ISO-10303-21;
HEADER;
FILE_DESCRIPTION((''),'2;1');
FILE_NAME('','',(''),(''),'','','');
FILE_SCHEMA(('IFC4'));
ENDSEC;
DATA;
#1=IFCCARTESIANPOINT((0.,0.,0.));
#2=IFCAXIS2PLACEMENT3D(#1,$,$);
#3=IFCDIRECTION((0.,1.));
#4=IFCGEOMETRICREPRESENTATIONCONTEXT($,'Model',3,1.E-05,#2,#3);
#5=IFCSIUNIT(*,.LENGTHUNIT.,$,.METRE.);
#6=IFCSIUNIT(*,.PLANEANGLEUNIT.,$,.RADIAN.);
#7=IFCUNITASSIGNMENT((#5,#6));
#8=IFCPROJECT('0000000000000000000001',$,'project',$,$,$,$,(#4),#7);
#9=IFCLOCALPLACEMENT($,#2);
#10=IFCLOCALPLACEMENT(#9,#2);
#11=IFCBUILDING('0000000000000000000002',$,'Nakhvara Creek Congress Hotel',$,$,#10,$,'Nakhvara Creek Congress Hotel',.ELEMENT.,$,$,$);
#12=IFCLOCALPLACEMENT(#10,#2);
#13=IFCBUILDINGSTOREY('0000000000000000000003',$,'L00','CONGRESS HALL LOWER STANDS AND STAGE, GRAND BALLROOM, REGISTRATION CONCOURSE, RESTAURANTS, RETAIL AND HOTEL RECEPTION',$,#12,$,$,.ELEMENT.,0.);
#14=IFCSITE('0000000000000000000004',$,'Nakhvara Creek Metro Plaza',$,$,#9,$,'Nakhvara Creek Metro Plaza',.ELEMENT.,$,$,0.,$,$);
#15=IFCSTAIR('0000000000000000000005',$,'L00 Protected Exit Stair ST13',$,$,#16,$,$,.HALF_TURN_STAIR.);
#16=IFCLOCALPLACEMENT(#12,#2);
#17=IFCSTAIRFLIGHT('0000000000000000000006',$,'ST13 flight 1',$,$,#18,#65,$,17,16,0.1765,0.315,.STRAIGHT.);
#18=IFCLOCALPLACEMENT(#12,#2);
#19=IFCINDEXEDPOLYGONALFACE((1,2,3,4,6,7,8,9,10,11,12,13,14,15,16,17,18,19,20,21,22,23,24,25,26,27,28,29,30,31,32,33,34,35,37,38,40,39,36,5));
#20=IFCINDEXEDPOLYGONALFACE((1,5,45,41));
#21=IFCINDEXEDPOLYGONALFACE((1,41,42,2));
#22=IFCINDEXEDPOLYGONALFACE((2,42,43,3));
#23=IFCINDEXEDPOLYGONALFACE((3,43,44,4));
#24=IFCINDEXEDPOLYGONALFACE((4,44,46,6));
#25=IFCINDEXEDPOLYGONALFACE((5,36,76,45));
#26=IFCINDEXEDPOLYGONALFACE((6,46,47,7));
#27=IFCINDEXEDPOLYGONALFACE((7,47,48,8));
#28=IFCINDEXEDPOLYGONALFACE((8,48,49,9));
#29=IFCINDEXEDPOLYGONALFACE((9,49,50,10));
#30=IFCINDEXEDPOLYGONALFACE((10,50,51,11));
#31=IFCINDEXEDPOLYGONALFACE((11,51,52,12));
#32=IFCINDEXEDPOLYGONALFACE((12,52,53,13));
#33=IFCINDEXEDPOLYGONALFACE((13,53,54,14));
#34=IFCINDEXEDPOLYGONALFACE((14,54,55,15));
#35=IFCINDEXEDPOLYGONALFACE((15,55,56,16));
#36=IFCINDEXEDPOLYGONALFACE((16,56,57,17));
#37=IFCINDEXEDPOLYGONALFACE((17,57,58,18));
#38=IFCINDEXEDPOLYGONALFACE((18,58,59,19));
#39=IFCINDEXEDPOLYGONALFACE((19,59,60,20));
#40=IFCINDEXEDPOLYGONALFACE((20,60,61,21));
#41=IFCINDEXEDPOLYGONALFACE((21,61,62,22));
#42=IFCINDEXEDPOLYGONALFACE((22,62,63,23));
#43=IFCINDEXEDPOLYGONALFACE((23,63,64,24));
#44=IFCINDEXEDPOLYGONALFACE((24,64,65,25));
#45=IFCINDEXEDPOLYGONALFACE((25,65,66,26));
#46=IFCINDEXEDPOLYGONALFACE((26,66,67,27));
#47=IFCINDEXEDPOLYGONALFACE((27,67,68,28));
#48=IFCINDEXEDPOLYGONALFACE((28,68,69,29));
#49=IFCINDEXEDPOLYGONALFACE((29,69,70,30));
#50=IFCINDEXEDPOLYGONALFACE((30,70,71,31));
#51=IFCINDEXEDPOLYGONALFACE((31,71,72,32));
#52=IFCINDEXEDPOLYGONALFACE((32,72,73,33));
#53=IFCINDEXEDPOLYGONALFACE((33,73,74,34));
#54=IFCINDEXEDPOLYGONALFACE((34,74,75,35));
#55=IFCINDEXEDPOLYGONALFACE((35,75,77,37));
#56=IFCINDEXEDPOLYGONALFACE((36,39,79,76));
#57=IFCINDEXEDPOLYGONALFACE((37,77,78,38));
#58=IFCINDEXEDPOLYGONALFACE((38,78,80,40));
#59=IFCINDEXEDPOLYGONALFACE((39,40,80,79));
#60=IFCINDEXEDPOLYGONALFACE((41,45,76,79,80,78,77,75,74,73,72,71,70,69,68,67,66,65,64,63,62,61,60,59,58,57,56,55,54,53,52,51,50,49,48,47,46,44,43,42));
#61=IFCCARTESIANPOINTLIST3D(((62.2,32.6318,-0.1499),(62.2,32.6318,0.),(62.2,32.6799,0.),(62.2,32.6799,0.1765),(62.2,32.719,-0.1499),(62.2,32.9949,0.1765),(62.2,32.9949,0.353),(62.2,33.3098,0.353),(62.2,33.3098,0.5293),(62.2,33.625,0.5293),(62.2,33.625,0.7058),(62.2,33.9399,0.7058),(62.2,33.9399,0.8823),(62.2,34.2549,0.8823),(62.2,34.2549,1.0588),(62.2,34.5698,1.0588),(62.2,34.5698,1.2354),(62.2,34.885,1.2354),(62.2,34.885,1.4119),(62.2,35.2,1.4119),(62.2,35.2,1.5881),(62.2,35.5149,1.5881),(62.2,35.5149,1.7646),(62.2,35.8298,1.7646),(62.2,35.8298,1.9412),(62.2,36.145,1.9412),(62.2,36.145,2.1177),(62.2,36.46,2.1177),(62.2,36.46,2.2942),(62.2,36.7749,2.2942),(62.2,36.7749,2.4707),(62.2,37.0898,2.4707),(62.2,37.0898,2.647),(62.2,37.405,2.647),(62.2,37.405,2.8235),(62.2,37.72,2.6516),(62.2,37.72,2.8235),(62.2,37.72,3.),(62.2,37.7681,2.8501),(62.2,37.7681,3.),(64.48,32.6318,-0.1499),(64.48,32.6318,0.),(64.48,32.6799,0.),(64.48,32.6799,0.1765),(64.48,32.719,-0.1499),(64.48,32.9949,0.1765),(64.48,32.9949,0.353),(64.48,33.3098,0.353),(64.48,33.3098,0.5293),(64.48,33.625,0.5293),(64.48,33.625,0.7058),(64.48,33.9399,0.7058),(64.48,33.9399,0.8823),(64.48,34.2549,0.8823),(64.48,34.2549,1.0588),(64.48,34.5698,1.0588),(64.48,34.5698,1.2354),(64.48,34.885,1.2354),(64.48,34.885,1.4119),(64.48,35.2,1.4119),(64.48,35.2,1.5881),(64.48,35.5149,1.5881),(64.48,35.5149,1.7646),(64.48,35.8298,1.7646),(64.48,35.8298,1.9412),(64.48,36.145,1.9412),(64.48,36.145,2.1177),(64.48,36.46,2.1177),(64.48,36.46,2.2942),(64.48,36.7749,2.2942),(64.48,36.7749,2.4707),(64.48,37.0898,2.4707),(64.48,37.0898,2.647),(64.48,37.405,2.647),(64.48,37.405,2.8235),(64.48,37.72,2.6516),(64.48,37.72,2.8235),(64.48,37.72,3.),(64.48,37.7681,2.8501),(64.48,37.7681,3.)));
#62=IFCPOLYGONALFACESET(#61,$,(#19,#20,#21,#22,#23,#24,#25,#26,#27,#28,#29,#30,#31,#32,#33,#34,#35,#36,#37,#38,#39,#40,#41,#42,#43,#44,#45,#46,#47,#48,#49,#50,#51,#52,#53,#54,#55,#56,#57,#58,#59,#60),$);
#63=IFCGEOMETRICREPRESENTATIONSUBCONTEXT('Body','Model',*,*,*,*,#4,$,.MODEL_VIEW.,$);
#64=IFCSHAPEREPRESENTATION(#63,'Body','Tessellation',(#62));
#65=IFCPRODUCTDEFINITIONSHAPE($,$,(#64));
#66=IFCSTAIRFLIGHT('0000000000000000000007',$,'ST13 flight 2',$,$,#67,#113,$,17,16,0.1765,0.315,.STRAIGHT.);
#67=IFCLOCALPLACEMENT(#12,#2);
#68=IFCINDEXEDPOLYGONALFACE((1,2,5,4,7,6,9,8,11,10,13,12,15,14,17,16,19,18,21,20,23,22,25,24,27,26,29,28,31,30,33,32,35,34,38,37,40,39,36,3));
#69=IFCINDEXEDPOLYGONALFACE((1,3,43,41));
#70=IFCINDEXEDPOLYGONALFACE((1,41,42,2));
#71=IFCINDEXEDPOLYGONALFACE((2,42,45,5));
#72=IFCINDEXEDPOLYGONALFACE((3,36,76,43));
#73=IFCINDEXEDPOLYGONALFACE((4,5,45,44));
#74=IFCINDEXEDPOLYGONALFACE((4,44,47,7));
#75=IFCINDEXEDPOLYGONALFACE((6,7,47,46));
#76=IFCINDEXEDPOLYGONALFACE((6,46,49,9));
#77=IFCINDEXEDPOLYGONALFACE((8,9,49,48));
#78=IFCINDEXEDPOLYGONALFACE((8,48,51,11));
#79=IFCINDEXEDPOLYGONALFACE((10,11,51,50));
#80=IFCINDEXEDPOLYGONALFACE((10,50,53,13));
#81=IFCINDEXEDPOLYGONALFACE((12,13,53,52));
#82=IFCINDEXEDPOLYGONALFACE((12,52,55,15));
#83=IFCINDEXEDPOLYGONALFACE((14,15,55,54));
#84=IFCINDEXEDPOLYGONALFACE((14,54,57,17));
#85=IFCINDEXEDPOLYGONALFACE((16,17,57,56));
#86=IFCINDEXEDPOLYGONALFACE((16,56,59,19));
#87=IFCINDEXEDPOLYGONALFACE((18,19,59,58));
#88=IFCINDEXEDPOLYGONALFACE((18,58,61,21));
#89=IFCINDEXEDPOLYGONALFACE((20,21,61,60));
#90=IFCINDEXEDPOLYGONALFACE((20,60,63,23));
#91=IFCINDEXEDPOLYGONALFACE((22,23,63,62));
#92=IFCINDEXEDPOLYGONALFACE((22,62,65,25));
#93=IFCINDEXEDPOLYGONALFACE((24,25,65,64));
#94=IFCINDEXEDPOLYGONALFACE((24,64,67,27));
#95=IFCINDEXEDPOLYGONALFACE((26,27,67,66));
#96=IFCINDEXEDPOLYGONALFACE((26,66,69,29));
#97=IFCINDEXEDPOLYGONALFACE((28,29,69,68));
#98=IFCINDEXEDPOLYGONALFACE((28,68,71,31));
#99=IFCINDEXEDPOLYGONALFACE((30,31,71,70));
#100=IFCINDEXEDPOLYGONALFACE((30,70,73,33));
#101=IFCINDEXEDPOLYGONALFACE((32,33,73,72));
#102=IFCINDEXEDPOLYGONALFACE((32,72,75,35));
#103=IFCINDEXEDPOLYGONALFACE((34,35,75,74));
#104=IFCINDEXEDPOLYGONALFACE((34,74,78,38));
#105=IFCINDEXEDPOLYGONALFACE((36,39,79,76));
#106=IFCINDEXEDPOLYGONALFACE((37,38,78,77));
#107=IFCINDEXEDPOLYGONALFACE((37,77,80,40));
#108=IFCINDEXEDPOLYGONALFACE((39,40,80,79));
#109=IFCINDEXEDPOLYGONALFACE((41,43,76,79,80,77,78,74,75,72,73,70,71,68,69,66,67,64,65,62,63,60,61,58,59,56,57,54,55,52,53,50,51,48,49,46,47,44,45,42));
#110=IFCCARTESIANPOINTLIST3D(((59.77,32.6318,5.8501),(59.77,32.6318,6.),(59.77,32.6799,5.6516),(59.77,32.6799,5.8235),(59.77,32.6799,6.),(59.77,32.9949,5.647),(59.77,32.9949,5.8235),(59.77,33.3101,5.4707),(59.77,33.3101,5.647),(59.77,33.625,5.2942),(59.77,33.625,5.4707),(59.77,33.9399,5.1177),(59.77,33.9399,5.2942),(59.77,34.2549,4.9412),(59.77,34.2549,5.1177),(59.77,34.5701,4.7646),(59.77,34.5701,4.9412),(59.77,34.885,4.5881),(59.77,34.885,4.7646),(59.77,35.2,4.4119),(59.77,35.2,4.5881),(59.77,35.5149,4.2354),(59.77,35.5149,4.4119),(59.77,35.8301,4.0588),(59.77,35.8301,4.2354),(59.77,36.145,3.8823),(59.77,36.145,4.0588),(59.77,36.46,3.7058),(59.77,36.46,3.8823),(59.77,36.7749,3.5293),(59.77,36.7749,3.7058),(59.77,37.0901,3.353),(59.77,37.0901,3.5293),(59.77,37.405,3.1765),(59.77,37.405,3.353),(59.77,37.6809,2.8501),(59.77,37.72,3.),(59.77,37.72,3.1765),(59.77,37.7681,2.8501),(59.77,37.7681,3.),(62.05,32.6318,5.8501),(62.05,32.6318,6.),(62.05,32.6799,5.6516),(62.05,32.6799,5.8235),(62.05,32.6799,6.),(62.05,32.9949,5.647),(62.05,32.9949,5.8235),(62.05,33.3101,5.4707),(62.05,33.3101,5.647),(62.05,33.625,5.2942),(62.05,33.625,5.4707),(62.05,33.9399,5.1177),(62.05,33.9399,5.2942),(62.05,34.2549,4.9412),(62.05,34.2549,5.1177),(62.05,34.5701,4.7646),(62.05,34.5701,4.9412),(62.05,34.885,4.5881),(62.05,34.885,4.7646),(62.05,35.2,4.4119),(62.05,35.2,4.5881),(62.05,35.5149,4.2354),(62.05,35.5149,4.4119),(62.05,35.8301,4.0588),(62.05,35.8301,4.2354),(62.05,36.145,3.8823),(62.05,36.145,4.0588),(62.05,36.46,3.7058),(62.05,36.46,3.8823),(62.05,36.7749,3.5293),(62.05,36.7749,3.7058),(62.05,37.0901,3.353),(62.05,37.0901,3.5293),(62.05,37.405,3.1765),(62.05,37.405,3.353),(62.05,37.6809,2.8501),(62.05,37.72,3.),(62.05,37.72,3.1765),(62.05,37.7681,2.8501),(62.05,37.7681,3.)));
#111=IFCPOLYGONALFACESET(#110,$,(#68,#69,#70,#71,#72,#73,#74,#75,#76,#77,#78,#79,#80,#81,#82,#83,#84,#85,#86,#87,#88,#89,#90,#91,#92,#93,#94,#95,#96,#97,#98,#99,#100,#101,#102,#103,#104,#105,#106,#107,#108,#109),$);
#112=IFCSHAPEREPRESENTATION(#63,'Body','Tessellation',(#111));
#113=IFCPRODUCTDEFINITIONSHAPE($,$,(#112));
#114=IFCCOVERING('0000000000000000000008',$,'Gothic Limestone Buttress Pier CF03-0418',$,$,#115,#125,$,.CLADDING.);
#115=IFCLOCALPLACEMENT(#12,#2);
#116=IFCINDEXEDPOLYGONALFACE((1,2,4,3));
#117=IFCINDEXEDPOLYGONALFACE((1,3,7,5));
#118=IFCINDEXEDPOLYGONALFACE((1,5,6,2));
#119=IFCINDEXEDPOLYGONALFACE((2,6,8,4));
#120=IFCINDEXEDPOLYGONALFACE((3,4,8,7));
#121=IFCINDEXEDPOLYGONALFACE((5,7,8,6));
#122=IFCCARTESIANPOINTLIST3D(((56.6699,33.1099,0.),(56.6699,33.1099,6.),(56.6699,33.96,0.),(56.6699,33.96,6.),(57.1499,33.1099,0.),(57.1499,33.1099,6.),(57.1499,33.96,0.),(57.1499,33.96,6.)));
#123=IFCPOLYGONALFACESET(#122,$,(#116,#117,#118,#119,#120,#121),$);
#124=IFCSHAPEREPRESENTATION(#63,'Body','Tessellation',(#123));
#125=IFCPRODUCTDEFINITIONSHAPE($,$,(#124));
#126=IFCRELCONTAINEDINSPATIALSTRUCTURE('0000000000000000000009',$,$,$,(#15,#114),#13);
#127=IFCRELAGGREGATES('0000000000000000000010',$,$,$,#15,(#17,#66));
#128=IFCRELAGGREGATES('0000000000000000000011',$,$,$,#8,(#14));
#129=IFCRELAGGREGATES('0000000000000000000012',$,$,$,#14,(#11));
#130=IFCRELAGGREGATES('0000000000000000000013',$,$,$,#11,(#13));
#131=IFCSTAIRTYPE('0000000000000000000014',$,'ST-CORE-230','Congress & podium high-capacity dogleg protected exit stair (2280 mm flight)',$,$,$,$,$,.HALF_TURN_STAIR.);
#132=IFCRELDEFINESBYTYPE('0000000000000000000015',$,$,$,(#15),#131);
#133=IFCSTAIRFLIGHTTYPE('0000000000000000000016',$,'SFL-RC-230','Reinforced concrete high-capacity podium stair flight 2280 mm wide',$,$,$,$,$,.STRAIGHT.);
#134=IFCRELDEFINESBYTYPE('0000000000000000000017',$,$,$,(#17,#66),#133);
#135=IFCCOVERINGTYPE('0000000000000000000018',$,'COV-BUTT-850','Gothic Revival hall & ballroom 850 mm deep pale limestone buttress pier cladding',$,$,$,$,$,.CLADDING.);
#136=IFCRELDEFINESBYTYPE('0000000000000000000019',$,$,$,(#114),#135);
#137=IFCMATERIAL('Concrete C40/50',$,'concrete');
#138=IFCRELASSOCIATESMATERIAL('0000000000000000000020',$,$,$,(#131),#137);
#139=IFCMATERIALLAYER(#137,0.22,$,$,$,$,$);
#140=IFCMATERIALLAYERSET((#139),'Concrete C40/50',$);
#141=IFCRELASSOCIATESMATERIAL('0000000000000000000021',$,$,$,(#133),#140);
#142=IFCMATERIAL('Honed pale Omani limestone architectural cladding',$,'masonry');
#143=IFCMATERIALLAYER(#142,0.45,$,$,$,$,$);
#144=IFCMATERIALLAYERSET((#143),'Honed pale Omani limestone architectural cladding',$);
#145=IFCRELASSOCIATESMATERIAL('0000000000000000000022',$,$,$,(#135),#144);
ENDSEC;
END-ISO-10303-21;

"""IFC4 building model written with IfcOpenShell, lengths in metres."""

from ifc_helpers import new_model, si_unit, direction, frame, origin, origin_2d, place, context, subcontext, project, spatial, polyline, rectangle, outline, extrude, material, layer, layer_set, type_object, element, aggregate, save


model = new_model("IFC4")

# Units and contexts
model_context = context("Model", 3, precision=1e-05, world=origin(), true_north=direction((0.0, 1.0)))
body_context = subcontext(model_context, "Body", "Model", "MODEL_VIEW")
ifc_project = project(units=[si_unit("LENGTHUNIT", "METRE"), si_unit("PLANEANGLEUNIT", "RADIAN")], contexts=[model_context])

# Site, building, storey
site_placement = place(None, origin())
site = spatial("IfcSite", under=ifc_project, at=site_placement, Name="Nakhvara Creek Metro Plaza", LongName="Nakhvara Creek Metro Plaza", CompositionType="ELEMENT", RefElevation=0.0)
building_placement = place(site_placement, origin())
building = spatial("IfcBuilding", under=site, at=building_placement, Name="Nakhvara Creek Congress Hotel", LongName="Nakhvara Creek Congress Hotel", CompositionType="ELEMENT")
storey_placement = place(building_placement, origin())
storey = spatial("IfcBuildingStorey", under=building, at=storey_placement, Name="L00", Description="CONGRESS HALL LOWER STANDS AND STAGE, GRAND BALLROOM, REGISTRATION CONCOURSE, RESTAURANTS, RETAIL AND HOTEL RECEPTION", CompositionType="ELEMENT", Elevation=0.0)

# Stair, stair flights
ifc_material_1 = material(Name="Concrete C40/50", Category="concrete")
stair_type = type_object("IfcStairType", Name="ST-CORE-230", Description="Congress & podium high-capacity dogleg protected exit stair (2280 mm flight)", PredefinedType="HALF_TURN_STAIR", material=ifc_material_1)
stair_placement = place(storey_placement, origin())
stair = element("IfcStair", 1, at=stair_placement, inside=storey, type_object=stair_type, Name="L00 Protected Exit Stair ST13", PredefinedType="HALF_TURN_STAIR")
ifc_layer_1 = layer(ifc_material_1, 0.22)
ifc_layer_set_1 = layer_set([ifc_layer_1], Name="Concrete C40/50")
stair_flight_type = type_object("IfcStairFlightType", Name="SFL-RC-230", Description="Reinforced concrete high-capacity podium stair flight 2280 mm wide", PredefinedType="STRAIGHT", material=ifc_layer_set_1)
stair_flight_1_placement = place(storey_placement, frame((63.3401, 32.6799, 0.0), z_axis=(0.0, 0.0, 1.0), x_axis=(0.0, 1.0, 0.0)))
stair_flight_1 = element("IfcStairFlight", 2, at=stair_flight_1_placement, type_object=stair_flight_type, Name="ST13 flight 1", NumberOfRisers=17, NumberOfTreads=16, PredefinedType="STRAIGHT", RiserHeight=0.1765, TreadLength=0.315, context=body_context, shape_type="SweptSolid", body=[
    extrude(outline(polyline([(-0.0481, 0.0), (0.0, 0.0), (0.0, 0.1765), (0.3149, 0.1765), (0.3149, 0.353), (0.6299, 0.353), (0.6299, 0.5293), (0.9451, 0.5293), (0.9451, 0.7058), (1.26, 0.7058), (1.26, 0.8823), (1.575, 0.8823), (1.575, 1.0588), (1.8899, 1.0588), (1.8899, 1.2354), (2.2051, 1.2354), (2.2051, 1.4119), (2.52, 1.4119), (2.52, 1.5881), (2.835, 1.5881), (2.835, 1.7646), (3.1499, 1.7646), (3.1499, 1.9412), (3.4651, 1.9412), (3.4651, 2.1177), (3.78, 2.1177), (3.78, 2.2942), (4.095, 2.2942), (4.095, 2.4707), (4.4099, 2.4707), (4.4099, 2.647), (4.7251, 2.647), (4.7251, 2.8235), (5.04, 2.8235), (5.04, 3.0), (5.0881, 3.0), (5.0881, 2.8501), (5.04, 2.6516), (0.0391, -0.1499), (-0.0481, -0.1499), (-0.0481, 0.0)])), frame((0.0, 1.1401, 0.0), z_axis=(0.0, -1.0, 0.0), x_axis=(1.0, 0.0, 0.0)), (0.0, 0.0, 1.0), 2.28),
])
stair_flight_2_placement = place(storey_placement, frame((60.9099, 37.72, 3.0), z_axis=(0.0, 0.0, 1.0), x_axis=(0.0, -1.0, 0.0)))
stair_flight_2 = element("IfcStairFlight", 3, at=stair_flight_2_placement, type_object=stair_flight_type, Name="ST13 flight 2", NumberOfRisers=17, NumberOfTreads=16, PredefinedType="STRAIGHT", RiserHeight=0.1765, TreadLength=0.315, context=body_context, shape_type="SweptSolid", body=[
    extrude(outline(polyline([(-0.0481, 0.0), (0.0, 0.0), (0.0, 0.1765), (0.3149, 0.1765), (0.3149, 0.353), (0.6299, 0.353), (0.6299, 0.5293), (0.9451, 0.5293), (0.9451, 0.7058), (1.26, 0.7058), (1.26, 0.8823), (1.575, 0.8823), (1.575, 1.0588), (1.8899, 1.0588), (1.8899, 1.2354), (2.2051, 1.2354), (2.2051, 1.4119), (2.52, 1.4119), (2.52, 1.5881), (2.835, 1.5881), (2.835, 1.7646), (3.1499, 1.7646), (3.1499, 1.9412), (3.4651, 1.9412), (3.4651, 2.1177), (3.78, 2.1177), (3.78, 2.2942), (4.095, 2.2942), (4.095, 2.4707), (4.4099, 2.4707), (4.4099, 2.647), (4.7251, 2.647), (4.7251, 2.8235), (5.04, 2.8235), (5.04, 3.0), (5.0881, 3.0), (5.0881, 2.8501), (5.04, 2.6516), (0.0391, -0.1499), (-0.0481, -0.1499), (-0.0481, 0.0)])), frame((0.0, 1.1401, 0.0), z_axis=(0.0, -1.0, 0.0), x_axis=(1.0, 0.0, 0.0)), (0.0, 0.0, 1.0), 2.28),
])
aggregate(stair, [stair_flight_1, stair_flight_2])

# Covering
ifc_material_2 = material(Name="Honed pale Omani limestone architectural cladding", Category="masonry")
ifc_layer_2 = layer(ifc_material_2, 0.45)
ifc_layer_set_2 = layer_set([ifc_layer_2], Name="Honed pale Omani limestone architectural cladding")
covering_type = type_object("IfcCoveringType", Name="COV-BUTT-850", Description="Gothic Revival hall & ballroom 850 mm deep pale limestone buttress pier cladding", PredefinedType="CLADDING", material=ifc_layer_set_2)
covering_placement = place(storey_placement, frame((56.9099, 33.5349, 0.0), z_axis=(0.0, 0.0, 1.0), x_axis=(1.0, 0.0, 0.0)))
element("IfcCovering", 4, at=covering_placement, inside=storey, type_object=covering_type, Name="Gothic Limestone Buttress Pier CF03-0418", PredefinedType="CLADDING", context=body_context, shape_type="SweptSolid", body=[
    extrude(rectangle(XDim=0.48, YDim=0.8501, at=origin_2d()), origin(), (0.0, 0.0, 1.0), 6.0),
])

save(model, "model.ifc")
